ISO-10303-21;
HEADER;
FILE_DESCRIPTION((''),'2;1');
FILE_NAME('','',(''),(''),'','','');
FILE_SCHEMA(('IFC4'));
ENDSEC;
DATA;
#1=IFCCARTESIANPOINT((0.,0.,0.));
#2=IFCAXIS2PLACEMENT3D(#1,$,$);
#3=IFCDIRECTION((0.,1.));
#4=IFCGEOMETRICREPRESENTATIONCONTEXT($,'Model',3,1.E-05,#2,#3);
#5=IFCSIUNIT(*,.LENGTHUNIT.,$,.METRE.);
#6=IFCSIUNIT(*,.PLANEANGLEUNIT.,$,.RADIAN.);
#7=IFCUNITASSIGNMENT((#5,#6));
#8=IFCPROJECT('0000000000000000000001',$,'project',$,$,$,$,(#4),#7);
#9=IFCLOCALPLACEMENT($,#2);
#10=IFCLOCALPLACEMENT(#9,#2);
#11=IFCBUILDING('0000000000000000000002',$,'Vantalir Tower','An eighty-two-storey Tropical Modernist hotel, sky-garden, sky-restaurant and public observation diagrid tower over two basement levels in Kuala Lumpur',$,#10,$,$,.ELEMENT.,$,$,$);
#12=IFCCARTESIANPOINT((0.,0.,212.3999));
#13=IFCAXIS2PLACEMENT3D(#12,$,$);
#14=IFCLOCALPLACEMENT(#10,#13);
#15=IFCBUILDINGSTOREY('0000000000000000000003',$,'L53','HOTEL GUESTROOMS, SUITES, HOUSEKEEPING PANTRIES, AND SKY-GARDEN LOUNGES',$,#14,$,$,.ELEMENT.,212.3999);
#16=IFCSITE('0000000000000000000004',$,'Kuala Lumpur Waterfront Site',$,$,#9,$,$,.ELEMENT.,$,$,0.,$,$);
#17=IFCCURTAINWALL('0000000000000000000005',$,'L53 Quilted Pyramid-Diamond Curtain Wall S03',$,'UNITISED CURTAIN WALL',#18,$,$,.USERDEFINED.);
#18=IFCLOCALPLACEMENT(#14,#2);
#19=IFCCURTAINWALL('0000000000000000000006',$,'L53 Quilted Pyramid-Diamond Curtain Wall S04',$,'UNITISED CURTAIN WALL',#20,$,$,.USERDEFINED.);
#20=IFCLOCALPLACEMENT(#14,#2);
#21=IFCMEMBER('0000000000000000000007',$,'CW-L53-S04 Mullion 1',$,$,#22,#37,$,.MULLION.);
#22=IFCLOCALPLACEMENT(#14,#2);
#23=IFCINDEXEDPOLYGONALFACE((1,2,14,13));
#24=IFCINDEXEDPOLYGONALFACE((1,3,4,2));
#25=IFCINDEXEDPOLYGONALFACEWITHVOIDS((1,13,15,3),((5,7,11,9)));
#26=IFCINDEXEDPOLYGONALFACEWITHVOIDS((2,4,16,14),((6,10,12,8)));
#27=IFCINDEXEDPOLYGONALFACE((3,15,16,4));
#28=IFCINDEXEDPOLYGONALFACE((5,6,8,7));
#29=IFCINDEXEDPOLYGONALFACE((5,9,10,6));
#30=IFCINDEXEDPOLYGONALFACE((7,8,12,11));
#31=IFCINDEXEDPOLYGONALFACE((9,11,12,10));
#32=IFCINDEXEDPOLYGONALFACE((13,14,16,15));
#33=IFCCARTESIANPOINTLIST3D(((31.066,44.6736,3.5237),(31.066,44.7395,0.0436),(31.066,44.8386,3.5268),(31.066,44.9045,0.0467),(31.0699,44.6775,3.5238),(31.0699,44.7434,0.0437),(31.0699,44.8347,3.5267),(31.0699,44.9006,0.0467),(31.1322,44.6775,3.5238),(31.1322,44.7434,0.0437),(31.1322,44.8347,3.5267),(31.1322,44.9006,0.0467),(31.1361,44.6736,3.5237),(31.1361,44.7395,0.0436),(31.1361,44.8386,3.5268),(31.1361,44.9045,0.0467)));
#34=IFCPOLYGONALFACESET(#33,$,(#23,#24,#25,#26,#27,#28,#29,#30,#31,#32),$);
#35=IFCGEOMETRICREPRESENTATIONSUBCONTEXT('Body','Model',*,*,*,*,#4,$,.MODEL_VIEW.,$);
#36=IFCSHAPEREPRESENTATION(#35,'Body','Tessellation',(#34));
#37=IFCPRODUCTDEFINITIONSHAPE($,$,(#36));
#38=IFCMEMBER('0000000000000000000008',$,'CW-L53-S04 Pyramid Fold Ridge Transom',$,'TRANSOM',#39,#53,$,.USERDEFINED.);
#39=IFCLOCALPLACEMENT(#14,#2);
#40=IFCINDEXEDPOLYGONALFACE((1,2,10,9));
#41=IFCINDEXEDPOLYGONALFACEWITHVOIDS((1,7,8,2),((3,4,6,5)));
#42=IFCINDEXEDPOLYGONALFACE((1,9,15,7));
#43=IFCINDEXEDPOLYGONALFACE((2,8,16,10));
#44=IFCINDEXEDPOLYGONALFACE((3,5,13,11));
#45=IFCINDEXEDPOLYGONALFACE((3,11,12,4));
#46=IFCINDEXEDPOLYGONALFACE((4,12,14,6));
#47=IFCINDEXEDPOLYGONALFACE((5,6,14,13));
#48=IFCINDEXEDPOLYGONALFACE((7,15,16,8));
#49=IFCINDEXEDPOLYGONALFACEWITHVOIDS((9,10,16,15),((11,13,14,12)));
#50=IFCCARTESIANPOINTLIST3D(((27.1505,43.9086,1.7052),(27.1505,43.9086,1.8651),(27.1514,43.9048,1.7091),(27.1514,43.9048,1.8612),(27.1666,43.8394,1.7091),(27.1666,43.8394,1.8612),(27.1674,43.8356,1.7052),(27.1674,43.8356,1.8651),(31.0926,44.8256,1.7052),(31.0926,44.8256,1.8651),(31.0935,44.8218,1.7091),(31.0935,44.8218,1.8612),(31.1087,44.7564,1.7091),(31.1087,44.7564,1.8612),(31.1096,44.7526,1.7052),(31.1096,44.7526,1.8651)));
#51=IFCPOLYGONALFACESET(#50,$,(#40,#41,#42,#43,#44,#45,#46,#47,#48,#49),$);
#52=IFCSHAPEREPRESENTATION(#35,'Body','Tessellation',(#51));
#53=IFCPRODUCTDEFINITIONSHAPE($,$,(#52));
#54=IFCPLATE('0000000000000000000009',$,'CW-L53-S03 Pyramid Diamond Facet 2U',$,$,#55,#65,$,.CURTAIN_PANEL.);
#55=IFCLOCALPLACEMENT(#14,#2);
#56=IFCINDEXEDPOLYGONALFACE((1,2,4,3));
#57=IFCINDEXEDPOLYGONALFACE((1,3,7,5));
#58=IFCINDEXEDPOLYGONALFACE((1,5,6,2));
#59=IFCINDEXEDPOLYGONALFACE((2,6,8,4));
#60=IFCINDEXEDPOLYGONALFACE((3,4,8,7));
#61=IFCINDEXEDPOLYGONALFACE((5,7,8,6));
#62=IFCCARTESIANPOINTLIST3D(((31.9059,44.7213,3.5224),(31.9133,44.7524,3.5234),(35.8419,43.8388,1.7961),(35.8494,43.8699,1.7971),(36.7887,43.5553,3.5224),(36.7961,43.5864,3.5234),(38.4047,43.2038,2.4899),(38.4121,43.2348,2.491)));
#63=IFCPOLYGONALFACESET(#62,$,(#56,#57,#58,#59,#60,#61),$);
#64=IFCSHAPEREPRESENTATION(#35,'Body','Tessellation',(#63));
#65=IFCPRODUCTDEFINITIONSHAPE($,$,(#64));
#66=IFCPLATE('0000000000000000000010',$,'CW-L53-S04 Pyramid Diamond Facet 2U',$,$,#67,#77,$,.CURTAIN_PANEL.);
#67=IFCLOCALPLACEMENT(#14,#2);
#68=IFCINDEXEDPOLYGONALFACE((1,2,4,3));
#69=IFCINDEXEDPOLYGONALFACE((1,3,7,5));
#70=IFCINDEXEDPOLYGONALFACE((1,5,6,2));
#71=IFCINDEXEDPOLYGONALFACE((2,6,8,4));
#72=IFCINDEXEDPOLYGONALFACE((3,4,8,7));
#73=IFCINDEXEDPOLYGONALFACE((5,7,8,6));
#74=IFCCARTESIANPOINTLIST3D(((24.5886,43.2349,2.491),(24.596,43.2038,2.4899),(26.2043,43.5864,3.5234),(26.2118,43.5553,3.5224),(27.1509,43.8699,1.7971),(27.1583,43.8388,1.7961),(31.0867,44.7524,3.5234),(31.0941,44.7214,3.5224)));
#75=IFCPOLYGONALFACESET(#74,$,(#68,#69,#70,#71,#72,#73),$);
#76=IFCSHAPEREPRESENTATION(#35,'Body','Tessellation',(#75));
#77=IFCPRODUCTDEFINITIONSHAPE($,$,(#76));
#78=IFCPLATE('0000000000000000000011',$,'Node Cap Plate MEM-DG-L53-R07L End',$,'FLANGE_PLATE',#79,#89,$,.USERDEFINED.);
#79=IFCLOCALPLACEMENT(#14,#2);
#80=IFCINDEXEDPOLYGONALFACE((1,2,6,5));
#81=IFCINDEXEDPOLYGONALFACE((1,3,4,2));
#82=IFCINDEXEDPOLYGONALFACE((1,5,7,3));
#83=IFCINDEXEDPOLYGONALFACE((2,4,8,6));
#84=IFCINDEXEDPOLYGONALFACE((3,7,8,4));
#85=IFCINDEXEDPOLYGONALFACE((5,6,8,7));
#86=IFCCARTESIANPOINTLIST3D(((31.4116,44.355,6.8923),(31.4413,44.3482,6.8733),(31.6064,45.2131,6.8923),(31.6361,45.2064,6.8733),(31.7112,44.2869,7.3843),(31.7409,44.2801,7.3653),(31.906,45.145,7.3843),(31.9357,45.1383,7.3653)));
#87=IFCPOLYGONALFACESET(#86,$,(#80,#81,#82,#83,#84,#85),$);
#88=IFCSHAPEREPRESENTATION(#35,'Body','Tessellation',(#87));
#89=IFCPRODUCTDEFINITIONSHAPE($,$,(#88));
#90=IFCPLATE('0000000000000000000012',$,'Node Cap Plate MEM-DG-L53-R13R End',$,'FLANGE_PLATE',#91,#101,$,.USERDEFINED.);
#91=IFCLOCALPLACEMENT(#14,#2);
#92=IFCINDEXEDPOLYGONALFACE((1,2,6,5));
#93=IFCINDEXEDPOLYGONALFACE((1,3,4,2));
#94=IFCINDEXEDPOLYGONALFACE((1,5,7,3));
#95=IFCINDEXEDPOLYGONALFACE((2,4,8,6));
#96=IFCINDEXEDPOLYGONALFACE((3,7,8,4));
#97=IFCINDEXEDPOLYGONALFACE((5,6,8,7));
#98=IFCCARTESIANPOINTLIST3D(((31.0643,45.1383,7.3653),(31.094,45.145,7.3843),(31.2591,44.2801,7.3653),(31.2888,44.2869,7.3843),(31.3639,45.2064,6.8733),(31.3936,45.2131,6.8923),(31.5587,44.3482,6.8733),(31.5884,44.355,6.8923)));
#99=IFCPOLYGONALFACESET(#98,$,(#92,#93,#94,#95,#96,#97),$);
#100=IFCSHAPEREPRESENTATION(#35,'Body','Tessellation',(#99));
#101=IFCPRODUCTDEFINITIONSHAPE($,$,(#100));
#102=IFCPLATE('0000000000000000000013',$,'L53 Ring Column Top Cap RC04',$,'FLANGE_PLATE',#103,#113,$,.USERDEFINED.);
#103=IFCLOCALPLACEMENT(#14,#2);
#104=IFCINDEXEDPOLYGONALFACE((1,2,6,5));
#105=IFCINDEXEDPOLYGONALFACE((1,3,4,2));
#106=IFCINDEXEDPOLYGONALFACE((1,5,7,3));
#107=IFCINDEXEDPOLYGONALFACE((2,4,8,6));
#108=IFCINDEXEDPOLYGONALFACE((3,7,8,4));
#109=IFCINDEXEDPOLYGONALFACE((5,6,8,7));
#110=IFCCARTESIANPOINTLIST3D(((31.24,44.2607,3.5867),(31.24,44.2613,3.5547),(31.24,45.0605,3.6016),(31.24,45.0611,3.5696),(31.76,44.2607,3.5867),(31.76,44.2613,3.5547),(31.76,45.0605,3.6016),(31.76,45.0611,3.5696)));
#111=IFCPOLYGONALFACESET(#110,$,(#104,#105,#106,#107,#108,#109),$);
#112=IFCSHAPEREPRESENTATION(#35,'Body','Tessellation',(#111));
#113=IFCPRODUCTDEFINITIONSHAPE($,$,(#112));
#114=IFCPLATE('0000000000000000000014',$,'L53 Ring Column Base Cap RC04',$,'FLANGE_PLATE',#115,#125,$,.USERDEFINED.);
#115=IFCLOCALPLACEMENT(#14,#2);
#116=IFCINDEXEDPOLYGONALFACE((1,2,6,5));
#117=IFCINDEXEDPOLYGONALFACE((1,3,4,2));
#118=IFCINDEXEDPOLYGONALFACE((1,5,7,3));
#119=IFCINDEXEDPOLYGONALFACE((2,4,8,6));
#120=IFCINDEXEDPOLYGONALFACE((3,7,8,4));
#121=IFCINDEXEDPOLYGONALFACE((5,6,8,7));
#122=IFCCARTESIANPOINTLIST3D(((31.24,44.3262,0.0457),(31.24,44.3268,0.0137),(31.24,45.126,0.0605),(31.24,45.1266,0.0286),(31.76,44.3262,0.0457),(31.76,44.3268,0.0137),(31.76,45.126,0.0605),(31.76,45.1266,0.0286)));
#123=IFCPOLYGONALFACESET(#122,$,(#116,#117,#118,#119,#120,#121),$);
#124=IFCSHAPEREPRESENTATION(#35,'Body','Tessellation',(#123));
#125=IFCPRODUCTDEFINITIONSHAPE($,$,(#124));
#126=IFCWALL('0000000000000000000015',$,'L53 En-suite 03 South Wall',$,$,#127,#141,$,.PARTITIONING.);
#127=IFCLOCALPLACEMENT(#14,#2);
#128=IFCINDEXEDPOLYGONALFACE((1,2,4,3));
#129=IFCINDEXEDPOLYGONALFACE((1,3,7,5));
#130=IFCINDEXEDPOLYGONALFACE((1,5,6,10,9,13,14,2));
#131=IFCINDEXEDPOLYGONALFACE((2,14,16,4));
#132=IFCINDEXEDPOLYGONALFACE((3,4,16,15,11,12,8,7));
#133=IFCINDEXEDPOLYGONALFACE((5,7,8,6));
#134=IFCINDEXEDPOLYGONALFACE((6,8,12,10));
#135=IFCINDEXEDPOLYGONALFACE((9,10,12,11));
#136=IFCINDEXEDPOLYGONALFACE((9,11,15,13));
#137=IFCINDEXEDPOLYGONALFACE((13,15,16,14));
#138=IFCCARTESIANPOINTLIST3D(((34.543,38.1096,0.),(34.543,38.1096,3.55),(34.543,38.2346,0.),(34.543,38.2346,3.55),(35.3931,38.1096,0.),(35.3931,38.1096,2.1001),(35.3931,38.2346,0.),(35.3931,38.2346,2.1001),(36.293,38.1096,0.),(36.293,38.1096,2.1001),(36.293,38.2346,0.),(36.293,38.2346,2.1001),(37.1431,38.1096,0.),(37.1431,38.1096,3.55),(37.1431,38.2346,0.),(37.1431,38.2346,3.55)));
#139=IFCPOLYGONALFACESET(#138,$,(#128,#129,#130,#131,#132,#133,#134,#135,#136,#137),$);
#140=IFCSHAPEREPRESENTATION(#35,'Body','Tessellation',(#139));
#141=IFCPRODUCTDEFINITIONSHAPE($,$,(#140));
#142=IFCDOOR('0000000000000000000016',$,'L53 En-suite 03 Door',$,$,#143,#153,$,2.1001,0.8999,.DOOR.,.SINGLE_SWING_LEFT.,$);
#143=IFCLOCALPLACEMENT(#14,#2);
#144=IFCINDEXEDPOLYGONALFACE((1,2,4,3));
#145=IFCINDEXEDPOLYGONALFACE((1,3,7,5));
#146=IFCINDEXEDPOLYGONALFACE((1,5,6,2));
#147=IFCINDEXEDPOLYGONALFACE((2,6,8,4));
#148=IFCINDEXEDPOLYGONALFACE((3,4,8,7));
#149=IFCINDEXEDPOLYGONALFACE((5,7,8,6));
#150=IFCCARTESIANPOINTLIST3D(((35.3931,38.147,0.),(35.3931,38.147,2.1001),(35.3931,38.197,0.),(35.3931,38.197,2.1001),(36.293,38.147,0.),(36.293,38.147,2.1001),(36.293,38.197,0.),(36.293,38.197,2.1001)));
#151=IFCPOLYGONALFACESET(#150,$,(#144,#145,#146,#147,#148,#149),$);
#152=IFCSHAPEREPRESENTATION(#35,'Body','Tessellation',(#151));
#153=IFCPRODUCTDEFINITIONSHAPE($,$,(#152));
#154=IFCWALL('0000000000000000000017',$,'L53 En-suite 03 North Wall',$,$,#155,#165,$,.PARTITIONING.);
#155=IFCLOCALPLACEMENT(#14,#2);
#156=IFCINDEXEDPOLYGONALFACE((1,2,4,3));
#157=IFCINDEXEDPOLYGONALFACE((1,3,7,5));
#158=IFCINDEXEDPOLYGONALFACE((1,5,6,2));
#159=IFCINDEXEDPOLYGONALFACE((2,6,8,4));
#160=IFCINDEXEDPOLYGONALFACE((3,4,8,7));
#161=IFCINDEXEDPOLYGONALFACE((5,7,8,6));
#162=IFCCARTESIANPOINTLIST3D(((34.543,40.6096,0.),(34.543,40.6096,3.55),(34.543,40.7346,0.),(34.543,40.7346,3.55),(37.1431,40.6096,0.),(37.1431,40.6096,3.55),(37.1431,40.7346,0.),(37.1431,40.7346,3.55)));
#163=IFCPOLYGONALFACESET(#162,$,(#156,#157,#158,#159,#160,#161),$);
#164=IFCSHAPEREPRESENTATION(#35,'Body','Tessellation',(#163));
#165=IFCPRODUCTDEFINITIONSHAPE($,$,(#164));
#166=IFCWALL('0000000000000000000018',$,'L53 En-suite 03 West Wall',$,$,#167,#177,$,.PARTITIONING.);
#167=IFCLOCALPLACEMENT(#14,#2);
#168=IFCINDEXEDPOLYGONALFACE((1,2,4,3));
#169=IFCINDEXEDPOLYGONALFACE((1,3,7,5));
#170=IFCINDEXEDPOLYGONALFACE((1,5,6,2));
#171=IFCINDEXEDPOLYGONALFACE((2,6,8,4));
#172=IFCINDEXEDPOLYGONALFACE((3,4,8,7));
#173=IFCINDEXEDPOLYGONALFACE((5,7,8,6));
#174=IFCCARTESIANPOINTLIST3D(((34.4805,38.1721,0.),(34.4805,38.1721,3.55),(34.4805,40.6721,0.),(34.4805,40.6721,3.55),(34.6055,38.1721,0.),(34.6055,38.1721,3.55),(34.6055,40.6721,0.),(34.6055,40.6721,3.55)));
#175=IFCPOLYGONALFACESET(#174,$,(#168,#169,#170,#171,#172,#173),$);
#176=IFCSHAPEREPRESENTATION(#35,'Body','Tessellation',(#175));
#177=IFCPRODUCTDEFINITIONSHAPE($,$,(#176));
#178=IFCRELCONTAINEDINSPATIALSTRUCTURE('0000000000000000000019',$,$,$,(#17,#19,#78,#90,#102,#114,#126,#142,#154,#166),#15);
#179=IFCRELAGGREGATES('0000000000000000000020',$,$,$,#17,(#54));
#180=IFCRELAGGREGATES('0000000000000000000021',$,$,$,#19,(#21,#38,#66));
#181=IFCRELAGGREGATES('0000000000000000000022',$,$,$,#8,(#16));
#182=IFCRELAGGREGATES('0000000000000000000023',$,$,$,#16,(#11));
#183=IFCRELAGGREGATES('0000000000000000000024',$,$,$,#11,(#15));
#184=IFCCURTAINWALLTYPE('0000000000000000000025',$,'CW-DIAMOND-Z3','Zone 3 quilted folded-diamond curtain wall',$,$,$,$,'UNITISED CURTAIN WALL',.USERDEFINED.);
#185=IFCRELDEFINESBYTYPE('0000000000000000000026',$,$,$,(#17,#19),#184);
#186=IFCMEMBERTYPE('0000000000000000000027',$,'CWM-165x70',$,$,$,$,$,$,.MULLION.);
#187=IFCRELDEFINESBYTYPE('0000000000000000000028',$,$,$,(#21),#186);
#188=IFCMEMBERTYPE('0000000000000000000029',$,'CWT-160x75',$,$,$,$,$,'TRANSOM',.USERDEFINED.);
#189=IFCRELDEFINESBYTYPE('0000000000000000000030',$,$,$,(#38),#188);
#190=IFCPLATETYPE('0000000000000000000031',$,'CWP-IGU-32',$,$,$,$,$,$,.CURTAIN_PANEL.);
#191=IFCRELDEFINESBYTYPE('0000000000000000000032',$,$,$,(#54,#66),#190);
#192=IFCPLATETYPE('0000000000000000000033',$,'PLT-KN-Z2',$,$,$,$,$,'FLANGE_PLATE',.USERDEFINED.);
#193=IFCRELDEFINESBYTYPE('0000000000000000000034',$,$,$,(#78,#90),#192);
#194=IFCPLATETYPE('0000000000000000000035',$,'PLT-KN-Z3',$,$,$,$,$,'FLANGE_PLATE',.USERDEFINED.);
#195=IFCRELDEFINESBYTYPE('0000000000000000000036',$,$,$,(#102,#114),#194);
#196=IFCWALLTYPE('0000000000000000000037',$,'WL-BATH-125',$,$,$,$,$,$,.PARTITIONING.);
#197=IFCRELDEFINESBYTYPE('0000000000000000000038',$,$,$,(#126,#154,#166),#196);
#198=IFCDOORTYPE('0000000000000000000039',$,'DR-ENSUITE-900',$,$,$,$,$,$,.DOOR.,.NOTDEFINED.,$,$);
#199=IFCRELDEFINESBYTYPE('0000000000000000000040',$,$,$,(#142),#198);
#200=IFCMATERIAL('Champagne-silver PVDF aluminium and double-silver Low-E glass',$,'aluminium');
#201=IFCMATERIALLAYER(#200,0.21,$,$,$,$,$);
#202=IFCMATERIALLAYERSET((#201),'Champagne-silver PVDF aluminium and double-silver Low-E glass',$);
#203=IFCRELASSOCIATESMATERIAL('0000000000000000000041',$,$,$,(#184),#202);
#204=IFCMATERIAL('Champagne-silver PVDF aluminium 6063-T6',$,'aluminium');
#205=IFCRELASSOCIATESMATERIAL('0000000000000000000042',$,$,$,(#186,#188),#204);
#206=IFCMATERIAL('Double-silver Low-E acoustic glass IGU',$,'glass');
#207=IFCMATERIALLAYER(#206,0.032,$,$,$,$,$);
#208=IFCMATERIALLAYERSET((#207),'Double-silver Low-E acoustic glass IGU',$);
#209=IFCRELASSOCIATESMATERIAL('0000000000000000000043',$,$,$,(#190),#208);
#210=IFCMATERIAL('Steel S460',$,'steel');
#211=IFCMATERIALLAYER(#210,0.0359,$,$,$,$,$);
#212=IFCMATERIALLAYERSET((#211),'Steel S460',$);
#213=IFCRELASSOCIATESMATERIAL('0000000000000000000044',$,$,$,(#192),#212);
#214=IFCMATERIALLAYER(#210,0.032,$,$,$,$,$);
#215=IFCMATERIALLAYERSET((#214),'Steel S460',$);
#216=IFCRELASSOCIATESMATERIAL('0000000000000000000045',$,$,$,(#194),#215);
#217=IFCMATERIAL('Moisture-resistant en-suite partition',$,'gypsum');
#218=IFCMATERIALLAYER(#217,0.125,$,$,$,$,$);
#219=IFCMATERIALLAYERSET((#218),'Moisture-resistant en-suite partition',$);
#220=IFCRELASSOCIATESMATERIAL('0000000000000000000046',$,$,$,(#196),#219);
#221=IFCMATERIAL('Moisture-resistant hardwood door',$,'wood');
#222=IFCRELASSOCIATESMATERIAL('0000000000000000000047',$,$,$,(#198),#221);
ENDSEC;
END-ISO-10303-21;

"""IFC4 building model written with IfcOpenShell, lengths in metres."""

from ifc_helpers import new_model, si_unit, direction, frame, frame_2d, origin, origin_2d, place, context, subcontext, project, spatial, polyline, rectangle, hollow_rectangle, outline, extrude, material, layer, layer_set, material_profile, profile_set, type_object, element, fill, aggregate, save


model = new_model("IFC4")

# Units and contexts
model_context = context("Model", 3, precision=1e-05, world=origin(), true_north=direction((0.0, 1.0)))
body_context = subcontext(model_context, "Body", "Model", "MODEL_VIEW")
ifc_project = project(units=[si_unit("LENGTHUNIT", "METRE"), si_unit("PLANEANGLEUNIT", "RADIAN")], contexts=[model_context])

# Site, building, storey
site_placement = place(None, origin())
site = spatial("IfcSite", under=ifc_project, at=site_placement, Name="Kuala Lumpur Waterfront Site", CompositionType="ELEMENT", RefElevation=0.0)
building_placement = place(site_placement, origin())
building = spatial("IfcBuilding", under=site, at=building_placement, Name="Vantalir Tower", Description="An eighty-two-storey Tropical Modernist hotel, sky-garden, sky-restaurant and public observation diagrid tower over two basement levels in Kuala Lumpur", CompositionType="ELEMENT")
storey_placement = place(building_placement, frame((0.0, 0.0, 212.3999)))
storey = spatial("IfcBuildingStorey", under=building, at=storey_placement, Name="L53", Description="HOTEL GUESTROOMS, SUITES, HOUSEKEEPING PANTRIES, AND SKY-GARDEN LOUNGES", CompositionType="ELEMENT", Elevation=212.3999)

# Shared definitions
ifc_material_1 = material(Name="Steel S460", Category="steel")

# Curtain wall
ifc_material_2 = material(Name="Champagne-silver PVDF aluminium and double-silver Low-E glass", Category="aluminium")
ifc_layer_1 = layer(ifc_material_2, 0.21)
ifc_layer_set_1 = layer_set([ifc_layer_1], Name="Champagne-silver PVDF aluminium and double-silver Low-E glass")
curtain_wall_type = type_object("IfcCurtainWallType", Name="CW-DIAMOND-Z3", Description="Zone 3 quilted folded-diamond curtain wall", ElementType="UNITISED CURTAIN WALL", PredefinedType="USERDEFINED", material=ifc_layer_set_1)
curtain_wall_1_placement = place(storey_placement, origin())
curtain_wall_1 = element("IfcCurtainWall", 1, at=curtain_wall_1_placement, inside=storey, type_object=curtain_wall_type, Name="L53 Quilted Pyramid-Diamond Curtain Wall S03", ObjectType="UNITISED CURTAIN WALL", PredefinedType="USERDEFINED")
ifc_material_3 = material(Name="Champagne-silver PVDF aluminium 6063-T6", Category="aluminium")
ifc_material_profile_1 = material_profile(ifc_material_3, hollow_rectangle(XDim=0.0701, YDim=0.165, WallThickness=0.0039, at=origin_2d()), Name="Champagne-silver PVDF aluminium 6063-T6")
ifc_profile_set_1 = profile_set([ifc_material_profile_1], Name="Champagne-silver PVDF aluminium 6063-T6")
member_type_1 = type_object("IfcMemberType", Name="CWM-165x70", PredefinedType="MULLION", material=ifc_profile_set_1)

# Curtain wall, members
curtain_wall_2_placement = place(storey_placement, origin())
curtain_wall_2 = element("IfcCurtainWall", 2, at=curtain_wall_2_placement, inside=storey, type_object=curtain_wall_type, Name="L53 Quilted Pyramid-Diamond Curtain Wall S04", ObjectType="UNITISED CURTAIN WALL", PredefinedType="USERDEFINED")
member_1_placement = place(storey_placement, frame((31.1011, 44.822, 0.0452), z_axis=(0.0, -0.018939, 0.999821), x_axis=(1.0, 0.0, 0.0)))
member_1 = element("IfcMember", 3, at=member_1_placement, type_object=member_type_1, Name="CW-L53-S04 Mullion 1", PredefinedType="MULLION", context=body_context, shape_type="SweptSolid", body=[
    extrude(hollow_rectangle(XDim=0.0701, YDim=0.165, WallThickness=0.0039, at=origin_2d()), origin(), (0.0, 0.0, 1.0), 3.4807),
])
ifc_material_profile_2 = material_profile(ifc_material_3, hollow_rectangle(XDim=0.075, YDim=0.1599, WallThickness=0.0039, at=origin_2d()), Name="Champagne-silver PVDF aluminium 6063-T6")
ifc_profile_set_2 = profile_set([ifc_material_profile_2], Name="Champagne-silver PVDF aluminium 6063-T6")
member_type_2 = type_object("IfcMemberType", Name="CWT-160x75", ElementType="TRANSOM", PredefinedType="USERDEFINED", material=ifc_profile_set_2)
member_2_placement = place(storey_placement, frame((31.1011, 44.7891, 1.7852), z_axis=(-0.973996, -0.226564, 0.0), x_axis=(0.226564, -0.973996, 0.0)))
member_2 = element("IfcMember", 4, at=member_2_placement, type_object=member_type_2, Name="CW-L53-S04 Pyramid Fold Ridge Transom", ObjectType="TRANSOM", PredefinedType="USERDEFINED", context=body_context, shape_type="SweptSolid", body=[
    extrude(hollow_rectangle(XDim=0.075, YDim=0.1599, WallThickness=0.0039, at=origin_2d()), origin(), (0.0, 0.0, 1.0), 4.0474),
])

# Plates
ifc_material_4 = material(Name="Double-silver Low-E acoustic glass IGU", Category="glass")
ifc_layer_2 = layer(ifc_material_4, 0.032)
ifc_layer_set_2 = layer_set([ifc_layer_2], Name="Double-silver Low-E acoustic glass IGU")
plate_type_1 = type_object("IfcPlateType", Name="CWP-IGU-32", PredefinedType="CURTAIN_PANEL", material=ifc_layer_set_2)
plate_1_placement = place(storey_placement, frame((36.7961, 43.5864, 3.5234), z_axis=(0.232145, 0.972145, 0.032301), x_axis=(-0.972652, 0.232266, 0.0)))
plate_1 = element("IfcPlate", 5, at=plate_1_placement, type_object=plate_type_1, Name="CW-L53-S03 Pyramid Diamond Facet 2U", PredefinedType="CURTAIN_PANEL", context=body_context, shape_type="SweptSolid", body=[
    extrude(outline(polyline([(0.0, 0.0), (5.0201, 0.0), (0.9867, -1.7272), (-1.6534, -1.033), (0.0, 0.0)])), origin(), (0.0, 0.0, -1.0), 0.032),
])
aggregate(curtain_wall_1, [plate_1])
plate_2_placement = place(storey_placement, frame((31.0867, 44.7524, 3.5234), z_axis=(-0.232172, 0.972138, 0.032318), x_axis=(-0.972646, -0.232293, 0.0)))
plate_2 = element("IfcPlate", 6, at=plate_2_placement, type_object=plate_type_1, Name="CW-L53-S04 Pyramid Diamond Facet 2U", PredefinedType="CURTAIN_PANEL", context=body_context, shape_type="SweptSolid", body=[
    extrude(outline(polyline([(0.0, 0.0), (5.0196, 0.0), (6.6728, -1.033), (4.0331, -1.7272), (0.0, 0.0)])), origin(), (0.0, 0.0, -1.0), 0.032),
])
aggregate(curtain_wall_2, [member_1, member_2, plate_2])

# Plates
ifc_layer_3 = layer(ifc_material_1, 0.0359)
ifc_layer_set_3 = layer_set([ifc_layer_3], Name="Steel S460")
plate_type_2 = type_object("IfcPlateType", Name="PLT-KN-Z2", ElementType="FLANGE_PLATE", PredefinedType="USERDEFINED", material=ifc_layer_set_3)
plate_3_placement = place(storey_placement, frame((31.6064, 45.2131, 6.8923), z_axis=(-0.827149, 0.187785, 0.52968), x_axis=(-0.221393, -0.975185, 0.0)))
element("IfcPlate", 7, at=plate_3_placement, inside=storey, type_object=plate_type_2, Name="Node Cap Plate MEM-DG-L53-R07L End", ObjectType="FLANGE_PLATE", PredefinedType="USERDEFINED", context=body_context, shape_type="SweptSolid", body=[
    extrude(outline(polyline([(0.0, 0.0), (0.88, 0.0), (0.8801, 0.58), (0.0001, 0.58), (0.0, 0.0)])), origin(), (0.0, 0.0, -1.0), 0.0359),
])
plate_4_placement = place(storey_placement, frame((31.5884, 44.355, 6.8923), z_axis=(0.827149, 0.187785, 0.52968), x_axis=(-0.221393, 0.975185, 0.0)))
element("IfcPlate", 8, at=plate_4_placement, inside=storey, type_object=plate_type_2, Name="Node Cap Plate MEM-DG-L53-R13R End", ObjectType="FLANGE_PLATE", PredefinedType="USERDEFINED", context=body_context, shape_type="SweptSolid", body=[
    extrude(outline(polyline([(0.0, 0.0), (0.88, 0.0), (0.8799, 0.58), (-0.0001, 0.58), (0.0, 0.0)])), origin(), (0.0, 0.0, -1.0), 0.0359),
])
ifc_layer_4 = layer(ifc_material_1, 0.032)
ifc_layer_set_4 = layer_set([ifc_layer_4], Name="Steel S460")
plate_type_3 = type_object("IfcPlateType", Name="PLT-KN-Z3", ElementType="FLANGE_PLATE", PredefinedType="USERDEFINED", material=ifc_layer_set_4)
for number, where, z_axis, x_axis, name in (
    (9, (31.24, 45.0605, 3.6016), (0.0, -0.018617, 0.999827), (0.0, -0.999827, -0.018617), "L53 Ring Column Top Cap RC04"),
    (10, (31.24, 45.126, 0.0605), (0.0, -0.018617, 0.999827), (0.0, -0.999827, -0.018617), "L53 Ring Column Base Cap RC04"),
):
    element("IfcPlate", number, at=place(storey_placement, frame(where, z_axis=z_axis, x_axis=x_axis)), inside=storey, type_object=plate_type_3, Name=name, ObjectType="FLANGE_PLATE", PredefinedType="USERDEFINED", context=body_context, shape_type="SweptSolid", body=[
        extrude(outline(polyline([(0.0, 0.0), (0.7999, 0.0), (0.7999, 0.52), (0.0, 0.52), (0.0, 0.0)])), origin(), (0.0, 0.0, -1.0), 0.032),
    ])

# Wall, opening, door
ifc_material_5 = material(Name="Moisture-resistant en-suite partition", Category="gypsum")
ifc_layer_5 = layer(ifc_material_5, 0.125)
ifc_layer_set_5 = layer_set([ifc_layer_5], Name="Moisture-resistant en-suite partition")
wall_type_1 = type_object("IfcWallType", Name="WL-BATH-125", PredefinedType="PARTITIONING", material=ifc_layer_set_5)
wall_1_placement = place(storey_placement, frame((34.543, 38.1721, 0.0), z_axis=(0.0, 0.0, 1.0), x_axis=(1.0, 0.0, 0.0)))
wall_1 = element("IfcWall", 11, at=wall_1_placement, inside=storey, type_object=wall_type_1, Name="L53 En-suite 03 South Wall", PredefinedType="PARTITIONING", context=body_context, shape_type="SweptSolid", body=[
    extrude(rectangle(XDim=2.6001, YDim=0.125, at=frame_2d((1.3, 0.0))), origin(), (0.0, 0.0, 1.0), 3.55),
])
opening_1_placement = place(wall_1_placement, frame((0.8501, 0.0, 0.0)))
opening_1 = element("IfcOpeningElement", 12, at=opening_1_placement, cuts=wall_1, PredefinedType="OPENING", context=body_context, shape_type="SweptSolid", body=[
    extrude(rectangle(XDim=0.8999, YDim=2.1001, at=frame_2d((0.45, 1.05))), frame((0.0, 0.0725, 0.0), z_axis=(0.0, -1.0, 0.0), x_axis=(1.0, 0.0, 0.0)), (0.0, 0.0, 1.0), 0.145),
])
ifc_material_6 = material(Name="Moisture-resistant hardwood door", Category="wood")
door_type_1 = type_object("IfcDoorType", Name="DR-ENSUITE-900", OperationType="NOTDEFINED", PredefinedType="DOOR", material=ifc_material_6)
door_1_placement = place(opening_1_placement, origin())
door_1 = element("IfcDoor", 13, at=door_1_placement, inside=storey, type_object=door_type_1, Name="L53 En-suite 03 Door", OperationType="SINGLE_SWING_LEFT", OverallHeight=2.1001, OverallWidth=0.8999, PredefinedType="DOOR", context=body_context, shape_type="SweptSolid", body=[
    extrude(rectangle(XDim=0.8999, YDim=2.1001, at=frame_2d((0.45, 1.05))), frame((0.0, 0.0249, 0.0), z_axis=(0.0, -1.0, 0.0), x_axis=(1.0, 0.0, 0.0)), (0.0, 0.0, 1.0), 0.05),
])
fill(opening_1, door_1)

# Walls
wall_2_placement = place(storey_placement, frame((34.543, 40.6721, 0.0), z_axis=(0.0, 0.0, 1.0), x_axis=(1.0, 0.0, 0.0)))
element("IfcWall", 14, at=wall_2_placement, inside=storey, type_object=wall_type_1, Name="L53 En-suite 03 North Wall", PredefinedType="PARTITIONING", context=body_context, shape_type="SweptSolid", body=[
    extrude(rectangle(XDim=2.6001, YDim=0.125, at=frame_2d((1.3, 0.0))), origin(), (0.0, 0.0, 1.0), 3.55),
])
for number, where, z_axis, x_axis, name in (
    (15, (34.543, 38.1721, 0.0), (0.0, 0.0, 1.0), (0.0, 1.0, 0.0), "L53 En-suite 03 West Wall"),
):
    element("IfcWall", number, at=place(storey_placement, frame(where, z_axis=z_axis, x_axis=x_axis)), inside=storey, type_object=wall_type_1, Name=name, PredefinedType="PARTITIONING", context=body_context, shape_type="SweptSolid", body=[
        extrude(rectangle(XDim=2.5, YDim=0.125, at=frame_2d((1.25, 0.0))), origin(), (0.0, 0.0, 1.0), 3.55),
    ])

save(model, "model.ifc")
